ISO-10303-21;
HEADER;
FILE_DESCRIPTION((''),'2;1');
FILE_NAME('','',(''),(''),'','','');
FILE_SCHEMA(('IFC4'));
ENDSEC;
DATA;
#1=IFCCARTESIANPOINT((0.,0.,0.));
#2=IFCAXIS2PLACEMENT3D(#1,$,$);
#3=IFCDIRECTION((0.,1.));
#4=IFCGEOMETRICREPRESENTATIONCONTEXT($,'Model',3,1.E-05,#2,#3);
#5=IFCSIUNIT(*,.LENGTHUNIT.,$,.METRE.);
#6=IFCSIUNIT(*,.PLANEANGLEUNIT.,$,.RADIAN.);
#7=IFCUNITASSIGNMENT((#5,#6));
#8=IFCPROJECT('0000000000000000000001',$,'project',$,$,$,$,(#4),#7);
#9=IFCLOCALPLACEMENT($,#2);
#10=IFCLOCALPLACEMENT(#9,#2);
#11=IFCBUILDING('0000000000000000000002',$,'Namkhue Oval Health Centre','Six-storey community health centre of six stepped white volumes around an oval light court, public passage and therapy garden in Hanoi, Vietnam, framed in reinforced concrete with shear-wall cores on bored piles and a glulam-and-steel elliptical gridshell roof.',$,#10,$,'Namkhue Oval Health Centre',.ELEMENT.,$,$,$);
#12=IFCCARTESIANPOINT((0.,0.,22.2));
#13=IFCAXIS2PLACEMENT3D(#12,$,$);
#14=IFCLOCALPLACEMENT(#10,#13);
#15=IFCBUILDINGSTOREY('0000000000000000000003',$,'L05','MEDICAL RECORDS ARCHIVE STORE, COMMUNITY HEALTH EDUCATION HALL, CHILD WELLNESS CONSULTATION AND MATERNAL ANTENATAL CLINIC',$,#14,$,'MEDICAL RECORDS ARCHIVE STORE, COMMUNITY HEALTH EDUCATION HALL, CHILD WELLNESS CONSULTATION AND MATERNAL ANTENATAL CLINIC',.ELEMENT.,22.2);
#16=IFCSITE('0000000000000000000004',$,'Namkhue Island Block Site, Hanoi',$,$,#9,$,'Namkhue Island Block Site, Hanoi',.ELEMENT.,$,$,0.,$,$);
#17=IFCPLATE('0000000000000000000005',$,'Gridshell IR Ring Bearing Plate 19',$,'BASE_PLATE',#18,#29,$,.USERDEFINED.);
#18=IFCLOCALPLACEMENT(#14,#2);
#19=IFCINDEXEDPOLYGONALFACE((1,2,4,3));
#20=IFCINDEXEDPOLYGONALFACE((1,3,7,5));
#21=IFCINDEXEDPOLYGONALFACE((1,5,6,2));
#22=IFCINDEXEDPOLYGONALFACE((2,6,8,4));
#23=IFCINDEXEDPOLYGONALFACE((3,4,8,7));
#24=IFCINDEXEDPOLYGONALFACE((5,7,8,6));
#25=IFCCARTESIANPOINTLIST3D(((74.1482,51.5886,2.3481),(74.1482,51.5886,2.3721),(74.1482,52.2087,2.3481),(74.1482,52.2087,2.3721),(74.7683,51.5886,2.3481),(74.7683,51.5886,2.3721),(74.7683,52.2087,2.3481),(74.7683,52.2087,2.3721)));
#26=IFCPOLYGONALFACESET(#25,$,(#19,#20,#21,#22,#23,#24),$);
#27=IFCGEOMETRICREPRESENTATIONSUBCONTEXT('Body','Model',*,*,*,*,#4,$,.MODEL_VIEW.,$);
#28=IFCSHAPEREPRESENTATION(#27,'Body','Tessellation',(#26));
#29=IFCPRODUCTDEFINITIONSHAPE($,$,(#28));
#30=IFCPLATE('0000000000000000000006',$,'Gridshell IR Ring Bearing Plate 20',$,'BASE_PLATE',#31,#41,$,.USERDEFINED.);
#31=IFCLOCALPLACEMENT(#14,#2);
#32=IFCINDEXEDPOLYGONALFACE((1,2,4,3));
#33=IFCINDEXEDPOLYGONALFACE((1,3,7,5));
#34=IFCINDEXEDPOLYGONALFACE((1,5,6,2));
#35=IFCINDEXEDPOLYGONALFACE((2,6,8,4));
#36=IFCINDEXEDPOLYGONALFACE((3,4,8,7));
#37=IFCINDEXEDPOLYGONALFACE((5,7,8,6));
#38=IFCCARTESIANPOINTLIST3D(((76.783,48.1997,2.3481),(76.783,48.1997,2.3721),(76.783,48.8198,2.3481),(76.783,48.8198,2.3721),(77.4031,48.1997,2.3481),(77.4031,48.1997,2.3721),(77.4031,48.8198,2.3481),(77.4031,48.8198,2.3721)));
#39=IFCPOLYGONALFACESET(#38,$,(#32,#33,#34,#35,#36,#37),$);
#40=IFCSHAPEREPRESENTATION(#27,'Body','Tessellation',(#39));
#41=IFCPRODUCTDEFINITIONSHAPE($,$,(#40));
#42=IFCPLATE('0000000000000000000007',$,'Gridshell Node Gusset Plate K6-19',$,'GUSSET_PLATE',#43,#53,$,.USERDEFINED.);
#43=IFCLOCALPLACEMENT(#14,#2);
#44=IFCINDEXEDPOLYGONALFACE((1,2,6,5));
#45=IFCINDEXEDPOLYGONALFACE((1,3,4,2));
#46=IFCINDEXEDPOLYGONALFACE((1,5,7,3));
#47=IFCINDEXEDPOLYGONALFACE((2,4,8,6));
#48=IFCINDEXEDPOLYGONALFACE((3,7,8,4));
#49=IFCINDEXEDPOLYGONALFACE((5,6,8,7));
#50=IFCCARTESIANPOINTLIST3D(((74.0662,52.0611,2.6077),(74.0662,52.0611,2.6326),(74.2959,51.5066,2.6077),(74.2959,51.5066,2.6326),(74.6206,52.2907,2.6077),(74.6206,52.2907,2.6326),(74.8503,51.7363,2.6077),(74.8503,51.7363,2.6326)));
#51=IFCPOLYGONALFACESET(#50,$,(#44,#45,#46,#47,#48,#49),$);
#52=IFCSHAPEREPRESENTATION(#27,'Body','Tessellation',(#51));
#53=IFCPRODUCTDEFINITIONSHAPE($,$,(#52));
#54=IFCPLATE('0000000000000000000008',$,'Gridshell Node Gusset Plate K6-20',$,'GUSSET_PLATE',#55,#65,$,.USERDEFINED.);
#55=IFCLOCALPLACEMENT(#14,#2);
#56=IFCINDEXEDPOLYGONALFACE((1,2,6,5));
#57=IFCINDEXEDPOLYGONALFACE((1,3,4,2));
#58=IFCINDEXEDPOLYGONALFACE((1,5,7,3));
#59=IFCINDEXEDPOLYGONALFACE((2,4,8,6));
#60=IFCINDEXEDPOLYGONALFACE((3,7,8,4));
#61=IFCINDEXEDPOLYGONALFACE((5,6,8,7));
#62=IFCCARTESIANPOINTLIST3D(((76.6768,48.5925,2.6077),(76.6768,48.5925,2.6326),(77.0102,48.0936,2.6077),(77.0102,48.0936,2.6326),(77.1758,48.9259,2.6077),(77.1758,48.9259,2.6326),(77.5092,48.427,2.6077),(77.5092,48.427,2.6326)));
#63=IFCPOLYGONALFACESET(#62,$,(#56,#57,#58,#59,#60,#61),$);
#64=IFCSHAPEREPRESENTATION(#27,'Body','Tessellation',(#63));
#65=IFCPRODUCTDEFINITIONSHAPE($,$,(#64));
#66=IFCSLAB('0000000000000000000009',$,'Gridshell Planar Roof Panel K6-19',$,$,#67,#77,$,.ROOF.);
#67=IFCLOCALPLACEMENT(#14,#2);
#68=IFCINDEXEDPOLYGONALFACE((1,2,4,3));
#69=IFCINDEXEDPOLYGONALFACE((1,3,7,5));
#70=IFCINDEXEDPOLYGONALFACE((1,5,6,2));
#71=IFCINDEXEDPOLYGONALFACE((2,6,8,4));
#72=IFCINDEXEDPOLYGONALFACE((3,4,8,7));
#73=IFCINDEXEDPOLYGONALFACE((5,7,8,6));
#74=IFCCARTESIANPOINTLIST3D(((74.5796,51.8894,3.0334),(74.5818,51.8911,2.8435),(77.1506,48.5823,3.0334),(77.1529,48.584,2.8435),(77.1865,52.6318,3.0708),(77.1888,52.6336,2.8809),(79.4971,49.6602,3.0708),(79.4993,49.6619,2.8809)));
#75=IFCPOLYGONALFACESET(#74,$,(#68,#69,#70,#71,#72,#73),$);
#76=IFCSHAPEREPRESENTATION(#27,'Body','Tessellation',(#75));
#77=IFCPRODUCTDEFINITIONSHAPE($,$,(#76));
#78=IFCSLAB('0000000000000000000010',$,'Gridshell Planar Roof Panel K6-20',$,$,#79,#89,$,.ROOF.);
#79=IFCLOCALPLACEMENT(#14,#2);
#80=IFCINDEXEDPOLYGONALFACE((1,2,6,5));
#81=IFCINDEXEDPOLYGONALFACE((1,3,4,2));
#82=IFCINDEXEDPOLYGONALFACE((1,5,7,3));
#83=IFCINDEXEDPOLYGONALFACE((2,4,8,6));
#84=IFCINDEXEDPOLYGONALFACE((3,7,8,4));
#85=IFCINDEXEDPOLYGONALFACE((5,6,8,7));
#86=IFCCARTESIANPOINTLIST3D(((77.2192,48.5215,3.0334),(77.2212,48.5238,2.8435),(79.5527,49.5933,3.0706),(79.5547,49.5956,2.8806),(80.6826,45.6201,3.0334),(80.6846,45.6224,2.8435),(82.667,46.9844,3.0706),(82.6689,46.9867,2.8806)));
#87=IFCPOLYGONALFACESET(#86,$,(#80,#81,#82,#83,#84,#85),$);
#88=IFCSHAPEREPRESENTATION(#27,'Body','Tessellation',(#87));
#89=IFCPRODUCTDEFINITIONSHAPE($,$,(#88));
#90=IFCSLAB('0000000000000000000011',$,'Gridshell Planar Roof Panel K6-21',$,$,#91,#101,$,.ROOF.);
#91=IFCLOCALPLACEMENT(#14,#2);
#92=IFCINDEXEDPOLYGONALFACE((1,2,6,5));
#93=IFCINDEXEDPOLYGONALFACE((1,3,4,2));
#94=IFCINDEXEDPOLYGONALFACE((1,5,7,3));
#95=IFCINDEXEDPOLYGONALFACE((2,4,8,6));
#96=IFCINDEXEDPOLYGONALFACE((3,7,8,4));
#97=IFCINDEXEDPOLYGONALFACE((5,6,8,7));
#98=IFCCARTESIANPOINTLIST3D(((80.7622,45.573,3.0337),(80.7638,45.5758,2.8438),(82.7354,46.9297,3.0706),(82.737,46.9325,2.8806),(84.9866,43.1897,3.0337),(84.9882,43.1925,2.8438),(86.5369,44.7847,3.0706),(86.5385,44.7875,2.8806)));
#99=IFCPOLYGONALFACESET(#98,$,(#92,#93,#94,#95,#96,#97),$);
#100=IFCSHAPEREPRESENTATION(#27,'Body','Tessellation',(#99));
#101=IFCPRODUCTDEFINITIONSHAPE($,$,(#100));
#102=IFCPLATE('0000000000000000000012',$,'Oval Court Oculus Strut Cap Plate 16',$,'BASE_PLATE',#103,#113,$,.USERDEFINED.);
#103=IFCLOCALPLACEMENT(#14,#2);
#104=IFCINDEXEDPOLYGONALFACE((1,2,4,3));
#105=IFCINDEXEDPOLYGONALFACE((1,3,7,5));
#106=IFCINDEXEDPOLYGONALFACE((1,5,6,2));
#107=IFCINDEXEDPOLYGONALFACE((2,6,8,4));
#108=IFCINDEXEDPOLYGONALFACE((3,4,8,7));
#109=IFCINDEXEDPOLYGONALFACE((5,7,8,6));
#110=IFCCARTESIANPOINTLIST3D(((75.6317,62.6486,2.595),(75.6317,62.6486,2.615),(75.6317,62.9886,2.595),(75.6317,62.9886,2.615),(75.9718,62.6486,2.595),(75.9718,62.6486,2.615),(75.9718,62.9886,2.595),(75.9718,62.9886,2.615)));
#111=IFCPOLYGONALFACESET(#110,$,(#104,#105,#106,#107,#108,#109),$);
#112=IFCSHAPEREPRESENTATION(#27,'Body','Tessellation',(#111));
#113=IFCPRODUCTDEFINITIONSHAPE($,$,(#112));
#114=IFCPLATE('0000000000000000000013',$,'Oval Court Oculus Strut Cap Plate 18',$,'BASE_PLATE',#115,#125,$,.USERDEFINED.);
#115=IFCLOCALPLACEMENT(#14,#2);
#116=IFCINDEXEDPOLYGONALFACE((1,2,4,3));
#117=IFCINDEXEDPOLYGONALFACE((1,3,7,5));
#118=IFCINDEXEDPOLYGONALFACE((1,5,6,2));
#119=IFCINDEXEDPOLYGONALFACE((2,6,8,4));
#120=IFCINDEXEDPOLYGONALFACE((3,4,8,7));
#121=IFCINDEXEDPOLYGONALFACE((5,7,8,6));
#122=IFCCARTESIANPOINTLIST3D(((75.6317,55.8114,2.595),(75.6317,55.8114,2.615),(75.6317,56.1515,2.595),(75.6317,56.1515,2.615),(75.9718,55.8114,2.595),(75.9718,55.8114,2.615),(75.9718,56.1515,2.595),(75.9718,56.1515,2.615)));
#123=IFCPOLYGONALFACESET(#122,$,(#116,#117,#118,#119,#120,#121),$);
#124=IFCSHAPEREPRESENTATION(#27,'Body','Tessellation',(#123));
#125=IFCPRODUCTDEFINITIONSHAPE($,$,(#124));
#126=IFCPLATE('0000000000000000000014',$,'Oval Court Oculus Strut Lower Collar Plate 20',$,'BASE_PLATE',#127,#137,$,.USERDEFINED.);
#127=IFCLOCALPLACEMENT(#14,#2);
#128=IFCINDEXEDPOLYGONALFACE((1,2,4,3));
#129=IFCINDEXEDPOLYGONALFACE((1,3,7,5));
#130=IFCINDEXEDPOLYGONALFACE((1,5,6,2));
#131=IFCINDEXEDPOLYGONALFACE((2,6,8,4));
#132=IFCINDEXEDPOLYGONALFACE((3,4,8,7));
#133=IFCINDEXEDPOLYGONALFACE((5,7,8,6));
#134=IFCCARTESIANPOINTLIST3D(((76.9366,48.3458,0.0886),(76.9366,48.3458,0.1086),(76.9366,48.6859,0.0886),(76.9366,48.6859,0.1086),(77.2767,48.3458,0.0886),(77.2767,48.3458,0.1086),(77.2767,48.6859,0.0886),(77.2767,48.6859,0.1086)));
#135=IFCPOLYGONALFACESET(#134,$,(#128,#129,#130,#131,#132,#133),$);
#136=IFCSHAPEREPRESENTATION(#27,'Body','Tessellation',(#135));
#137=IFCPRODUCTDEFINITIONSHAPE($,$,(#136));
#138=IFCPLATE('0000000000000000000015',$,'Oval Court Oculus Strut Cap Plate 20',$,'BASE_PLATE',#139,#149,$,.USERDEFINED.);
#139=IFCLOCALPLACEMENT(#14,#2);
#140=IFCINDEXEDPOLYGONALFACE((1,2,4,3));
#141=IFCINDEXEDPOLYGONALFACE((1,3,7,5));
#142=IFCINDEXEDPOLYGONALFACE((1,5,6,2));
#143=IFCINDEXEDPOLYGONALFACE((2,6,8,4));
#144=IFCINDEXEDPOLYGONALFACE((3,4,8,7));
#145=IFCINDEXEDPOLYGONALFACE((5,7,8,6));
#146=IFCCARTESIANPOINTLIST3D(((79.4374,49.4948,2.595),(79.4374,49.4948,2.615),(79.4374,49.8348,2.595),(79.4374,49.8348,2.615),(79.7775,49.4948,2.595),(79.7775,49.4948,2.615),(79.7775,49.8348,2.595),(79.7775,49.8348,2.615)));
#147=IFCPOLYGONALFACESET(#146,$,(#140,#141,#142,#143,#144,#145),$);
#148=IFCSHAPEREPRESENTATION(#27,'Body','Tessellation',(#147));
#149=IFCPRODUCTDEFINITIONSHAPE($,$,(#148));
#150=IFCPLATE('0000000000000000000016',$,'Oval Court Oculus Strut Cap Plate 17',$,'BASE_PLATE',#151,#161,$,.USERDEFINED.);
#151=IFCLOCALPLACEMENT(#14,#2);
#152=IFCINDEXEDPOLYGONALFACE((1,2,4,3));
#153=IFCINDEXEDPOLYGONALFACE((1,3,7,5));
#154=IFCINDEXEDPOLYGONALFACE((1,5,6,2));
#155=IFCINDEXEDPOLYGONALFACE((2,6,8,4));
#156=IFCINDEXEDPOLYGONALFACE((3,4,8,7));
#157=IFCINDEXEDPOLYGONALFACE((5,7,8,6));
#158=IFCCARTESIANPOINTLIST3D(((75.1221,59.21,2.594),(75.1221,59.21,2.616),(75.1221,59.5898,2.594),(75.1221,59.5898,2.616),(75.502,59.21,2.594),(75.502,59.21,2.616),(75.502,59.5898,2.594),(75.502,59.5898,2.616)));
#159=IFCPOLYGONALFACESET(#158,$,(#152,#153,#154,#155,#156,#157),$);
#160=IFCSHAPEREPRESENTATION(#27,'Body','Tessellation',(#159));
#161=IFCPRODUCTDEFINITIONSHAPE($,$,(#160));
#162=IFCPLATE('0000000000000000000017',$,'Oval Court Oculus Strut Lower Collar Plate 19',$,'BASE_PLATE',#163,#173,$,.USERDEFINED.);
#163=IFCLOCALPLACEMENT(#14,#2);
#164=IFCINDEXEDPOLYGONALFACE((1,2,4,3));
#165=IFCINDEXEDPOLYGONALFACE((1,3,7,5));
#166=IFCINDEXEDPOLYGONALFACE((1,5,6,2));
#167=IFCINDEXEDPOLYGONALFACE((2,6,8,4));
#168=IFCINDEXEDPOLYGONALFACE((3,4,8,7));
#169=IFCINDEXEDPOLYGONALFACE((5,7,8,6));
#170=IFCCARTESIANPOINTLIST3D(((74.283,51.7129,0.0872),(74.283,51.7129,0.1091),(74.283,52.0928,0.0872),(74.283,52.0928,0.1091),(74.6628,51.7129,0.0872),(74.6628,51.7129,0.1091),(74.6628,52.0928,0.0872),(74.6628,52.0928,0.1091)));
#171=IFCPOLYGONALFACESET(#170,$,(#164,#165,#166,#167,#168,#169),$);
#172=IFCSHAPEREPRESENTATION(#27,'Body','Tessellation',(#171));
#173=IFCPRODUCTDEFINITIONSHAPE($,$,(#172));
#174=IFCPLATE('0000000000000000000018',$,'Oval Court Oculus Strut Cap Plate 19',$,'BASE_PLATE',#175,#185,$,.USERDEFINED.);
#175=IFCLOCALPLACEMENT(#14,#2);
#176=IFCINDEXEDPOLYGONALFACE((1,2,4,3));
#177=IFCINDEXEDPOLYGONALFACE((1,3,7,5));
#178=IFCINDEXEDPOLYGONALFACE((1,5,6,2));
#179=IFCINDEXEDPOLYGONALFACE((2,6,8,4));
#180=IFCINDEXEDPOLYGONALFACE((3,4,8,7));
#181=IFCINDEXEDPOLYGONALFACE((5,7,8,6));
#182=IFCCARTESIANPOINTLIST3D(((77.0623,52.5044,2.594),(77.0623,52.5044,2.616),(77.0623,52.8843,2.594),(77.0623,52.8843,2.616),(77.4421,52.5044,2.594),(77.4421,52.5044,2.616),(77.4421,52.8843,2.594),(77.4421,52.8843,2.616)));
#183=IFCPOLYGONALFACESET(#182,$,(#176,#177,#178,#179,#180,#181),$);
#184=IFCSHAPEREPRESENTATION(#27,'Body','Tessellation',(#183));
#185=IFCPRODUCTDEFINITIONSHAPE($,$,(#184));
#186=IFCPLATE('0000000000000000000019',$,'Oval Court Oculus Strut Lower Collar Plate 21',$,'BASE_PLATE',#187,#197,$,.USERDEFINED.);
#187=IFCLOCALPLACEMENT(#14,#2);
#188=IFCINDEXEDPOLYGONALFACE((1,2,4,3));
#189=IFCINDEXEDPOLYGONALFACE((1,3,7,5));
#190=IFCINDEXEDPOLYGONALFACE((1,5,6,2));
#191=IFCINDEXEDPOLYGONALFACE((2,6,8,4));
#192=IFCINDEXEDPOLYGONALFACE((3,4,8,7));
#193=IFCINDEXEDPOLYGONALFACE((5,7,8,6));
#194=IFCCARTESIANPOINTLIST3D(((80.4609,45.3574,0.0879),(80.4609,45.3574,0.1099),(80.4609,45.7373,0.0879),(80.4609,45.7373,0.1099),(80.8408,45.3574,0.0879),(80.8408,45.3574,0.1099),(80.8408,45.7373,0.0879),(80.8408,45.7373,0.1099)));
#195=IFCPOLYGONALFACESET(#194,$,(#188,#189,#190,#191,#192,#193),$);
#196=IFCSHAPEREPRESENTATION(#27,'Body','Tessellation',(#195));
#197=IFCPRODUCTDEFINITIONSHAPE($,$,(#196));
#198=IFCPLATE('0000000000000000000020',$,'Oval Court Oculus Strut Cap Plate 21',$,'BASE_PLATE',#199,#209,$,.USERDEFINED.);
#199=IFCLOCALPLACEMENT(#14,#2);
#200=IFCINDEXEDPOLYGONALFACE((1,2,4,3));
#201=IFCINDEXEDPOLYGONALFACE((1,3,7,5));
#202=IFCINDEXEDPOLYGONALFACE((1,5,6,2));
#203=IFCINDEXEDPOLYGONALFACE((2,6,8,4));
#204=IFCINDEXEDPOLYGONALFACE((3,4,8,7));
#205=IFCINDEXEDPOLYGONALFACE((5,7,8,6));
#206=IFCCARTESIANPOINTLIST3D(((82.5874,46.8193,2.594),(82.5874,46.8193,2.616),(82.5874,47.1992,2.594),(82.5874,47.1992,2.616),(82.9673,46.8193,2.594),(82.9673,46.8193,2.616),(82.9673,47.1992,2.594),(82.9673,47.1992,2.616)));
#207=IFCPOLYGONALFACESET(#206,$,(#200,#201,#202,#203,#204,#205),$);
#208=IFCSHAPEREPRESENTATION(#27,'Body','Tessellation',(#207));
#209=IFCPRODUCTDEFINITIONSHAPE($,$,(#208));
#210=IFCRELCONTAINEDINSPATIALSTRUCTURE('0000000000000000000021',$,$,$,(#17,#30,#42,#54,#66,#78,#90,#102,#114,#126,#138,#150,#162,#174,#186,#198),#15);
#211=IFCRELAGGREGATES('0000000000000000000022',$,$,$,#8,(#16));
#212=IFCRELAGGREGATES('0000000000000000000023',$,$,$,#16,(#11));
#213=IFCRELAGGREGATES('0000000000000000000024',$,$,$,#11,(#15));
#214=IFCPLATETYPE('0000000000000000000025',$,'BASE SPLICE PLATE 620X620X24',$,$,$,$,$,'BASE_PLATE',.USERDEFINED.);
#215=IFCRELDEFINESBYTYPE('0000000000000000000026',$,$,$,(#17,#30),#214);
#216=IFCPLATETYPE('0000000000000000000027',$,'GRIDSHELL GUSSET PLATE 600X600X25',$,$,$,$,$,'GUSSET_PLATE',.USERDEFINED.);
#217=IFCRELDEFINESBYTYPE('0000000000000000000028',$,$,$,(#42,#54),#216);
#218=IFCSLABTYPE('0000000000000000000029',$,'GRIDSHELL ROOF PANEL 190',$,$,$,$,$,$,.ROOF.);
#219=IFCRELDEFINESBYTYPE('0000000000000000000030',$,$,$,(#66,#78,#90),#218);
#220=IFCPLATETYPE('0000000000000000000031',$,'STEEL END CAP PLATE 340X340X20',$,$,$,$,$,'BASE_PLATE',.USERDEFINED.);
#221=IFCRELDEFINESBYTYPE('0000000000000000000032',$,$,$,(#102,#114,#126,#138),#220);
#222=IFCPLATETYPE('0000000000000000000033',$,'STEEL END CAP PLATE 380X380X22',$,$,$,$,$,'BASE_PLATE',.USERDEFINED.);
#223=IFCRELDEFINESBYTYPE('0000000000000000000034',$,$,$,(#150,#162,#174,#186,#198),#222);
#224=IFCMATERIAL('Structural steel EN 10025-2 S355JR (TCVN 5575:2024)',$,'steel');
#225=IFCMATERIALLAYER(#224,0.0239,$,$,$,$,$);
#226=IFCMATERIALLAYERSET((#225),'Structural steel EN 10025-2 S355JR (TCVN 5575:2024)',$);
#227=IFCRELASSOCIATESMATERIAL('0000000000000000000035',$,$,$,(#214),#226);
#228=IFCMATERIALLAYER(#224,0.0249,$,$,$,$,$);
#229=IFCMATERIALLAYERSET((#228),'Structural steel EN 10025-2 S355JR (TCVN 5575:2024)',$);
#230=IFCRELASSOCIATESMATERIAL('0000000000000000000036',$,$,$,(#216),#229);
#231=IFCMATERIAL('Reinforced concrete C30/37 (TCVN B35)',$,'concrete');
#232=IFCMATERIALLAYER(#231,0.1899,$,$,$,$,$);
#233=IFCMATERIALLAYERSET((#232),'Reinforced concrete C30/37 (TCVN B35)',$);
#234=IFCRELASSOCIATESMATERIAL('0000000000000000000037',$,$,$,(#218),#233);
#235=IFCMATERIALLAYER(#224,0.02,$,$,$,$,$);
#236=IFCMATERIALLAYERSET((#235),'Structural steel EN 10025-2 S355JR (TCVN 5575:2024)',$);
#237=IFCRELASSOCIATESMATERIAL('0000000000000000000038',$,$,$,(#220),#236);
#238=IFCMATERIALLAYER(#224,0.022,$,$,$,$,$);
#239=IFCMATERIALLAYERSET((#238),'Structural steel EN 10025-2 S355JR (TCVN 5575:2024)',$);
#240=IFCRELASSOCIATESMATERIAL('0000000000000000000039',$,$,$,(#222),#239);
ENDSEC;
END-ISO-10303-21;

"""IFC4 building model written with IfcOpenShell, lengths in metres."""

from ifc_helpers import new_model, si_unit, direction, frame, origin, origin_2d, place, context, subcontext, project, spatial, polyline, rectangle, outline, extrude, material, layer, layer_set, type_object, element, save


model = new_model("IFC4")

# Units and contexts
model_context = context("Model", 3, precision=1e-05, world=origin(), true_north=direction((0.0, 1.0)))
body_context = subcontext(model_context, "Body", "Model", "MODEL_VIEW")
ifc_project = project(units=[si_unit("LENGTHUNIT", "METRE"), si_unit("PLANEANGLEUNIT", "RADIAN")], contexts=[model_context])

# Site, building, storey
site_placement = place(None, origin())
site = spatial("IfcSite", under=ifc_project, at=site_placement, Name="Namkhue Island Block Site, Hanoi", LongName="Namkhue Island Block Site, Hanoi", CompositionType="ELEMENT", RefElevation=0.0)
building_placement = place(site_placement, origin())
building = spatial("IfcBuilding", under=site, at=building_placement, Name="Namkhue Oval Health Centre", Description="Six-storey community health centre of six stepped white volumes around an oval light court, public passage and therapy garden in Hanoi, Vietnam, framed in reinforced concrete with shear-wall cores on bored piles and a glulam-and-steel elliptical gridshell roof.", LongName="Namkhue Oval Health Centre", CompositionType="ELEMENT")
storey_placement = place(building_placement, frame((0.0, 0.0, 22.2)))
storey = spatial("IfcBuildingStorey", under=building, at=storey_placement, Name="L05", Description="MEDICAL RECORDS ARCHIVE STORE, COMMUNITY HEALTH EDUCATION HALL, CHILD WELLNESS CONSULTATION AND MATERNAL ANTENATAL CLINIC", LongName="MEDICAL RECORDS ARCHIVE STORE, COMMUNITY HEALTH EDUCATION HALL, CHILD WELLNESS CONSULTATION AND MATERNAL ANTENATAL CLINIC", CompositionType="ELEMENT", Elevation=22.2)

# Shared definitions
ifc_material_1 = material(Name="Structural steel EN 10025-2 S355JR (TCVN 5575:2024)", Category="steel")

# Plates
ifc_layer_1 = layer(ifc_material_1, 0.0239)
ifc_layer_set_1 = layer_set([ifc_layer_1], Name="Structural steel EN 10025-2 S355JR (TCVN 5575:2024)")
plate_type_1 = type_object("IfcPlateType", Name="BASE SPLICE PLATE 620X620X24", ElementType="BASE_PLATE", PredefinedType="USERDEFINED", material=ifc_layer_set_1)
for number, where, z_axis, x_axis, name in (
    (1, (74.4583, 51.8987, 2.3481), (0.0, 0.0, 1.0), (1.0, 0.0, 0.0), "Gridshell IR Ring Bearing Plate 19"),
    (2, (77.093, 48.5098, 2.3481), (0.0, 0.0, 1.0), (1.0, 0.0, 0.0), "Gridshell IR Ring Bearing Plate 20"),
):
    element("IfcPlate", number, at=place(storey_placement, frame(where, z_axis=z_axis, x_axis=x_axis)), inside=storey, type_object=plate_type_1, Name=name, ObjectType="BASE_PLATE", PredefinedType="USERDEFINED", context=body_context, shape_type="SweptSolid", body=[
        extrude(rectangle(XDim=0.6201, YDim=0.6201, at=origin_2d()), origin(), (0.0, 0.0, 1.0), 0.0239),
    ])
ifc_layer_2 = layer(ifc_material_1, 0.0249)
ifc_layer_set_2 = layer_set([ifc_layer_2], Name="Structural steel EN 10025-2 S355JR (TCVN 5575:2024)")
plate_type_2 = type_object("IfcPlateType", Name="GRIDSHELL GUSSET PLATE 600X600X25", ElementType="GUSSET_PLATE", PredefinedType="USERDEFINED", material=ifc_layer_set_2)
for number, where, z_axis, x_axis, name in (
    (3, (74.4583, 51.8987, 2.6077), (0.0, 0.0, 1.0), (-0.92388, -0.382683, 0.0), "Gridshell Node Gusset Plate K6-19"),
    (4, (77.093, 48.5098, 2.6077), (0.0, 0.0, 1.0), (-0.83147, -0.55557, 0.0), "Gridshell Node Gusset Plate K6-20"),
):
    element("IfcPlate", number, at=place(storey_placement, frame(where, z_axis=z_axis, x_axis=x_axis)), inside=storey, type_object=plate_type_2, Name=name, ObjectType="GUSSET_PLATE", PredefinedType="USERDEFINED", context=body_context, shape_type="SweptSolid", body=[
        extrude(rectangle(XDim=0.6001, YDim=0.6001, at=origin_2d()), origin(), (0.0, 0.0, 1.0), 0.0249),
    ])

# Slabs
ifc_material_2 = material(Name="Reinforced concrete C30/37 (TCVN B35)", Category="concrete")
ifc_layer_3 = layer(ifc_material_2, 0.1899)
ifc_layer_set_3 = layer_set([ifc_layer_3], Name="Reinforced concrete C30/37 (TCVN B35)")
slab_type = type_object("IfcSlabType", Name="GRIDSHELL ROOF PANEL 190", PredefinedType="ROOF", material=ifc_layer_set_3)
slab_1_placement = place(storey_placement, frame((74.5796, 51.8894, 3.0334), z_axis=(-0.011729, -0.009119, 0.99989), x_axis=(0.613767, -0.789487, 0.0)))
element("IfcSlab", 5, at=slab_1_placement, inside=storey, type_object=slab_type, Name="Gridshell Planar Roof Panel K6-19", PredefinedType="ROOF", context=body_context, shape_type="SweptSolid", body=[
    extrude(outline(polyline([(0.0, 0.0), (4.189, 0.0), (4.7782, 2.5143), (1.0139, 2.5141), (0.0, 0.0)])), origin(), (0.0, 0.0, -1.0), 0.1899),
])
slab_2_placement = place(storey_placement, frame((77.2192, 48.5215, 3.0334), z_axis=(-0.01027, -0.012259, 0.999872), x_axis=(0.766562, -0.64217, 0.0)))
element("IfcSlab", 6, at=slab_2_placement, inside=storey, type_object=slab_type, Name="Gridshell Planar Roof Panel K6-20", PredefinedType="ROOF", context=body_context, shape_type="SweptSolid", body=[
    extrude(outline(polyline([(0.0, 0.0), (4.5181, 0.0), (5.1631, 2.3204), (1.1005, 2.3204), (0.0, 0.0)])), origin(), (0.0, 0.0, -1.0), 0.1899),
])
slab_3_placement = place(storey_placement, frame((80.7622, 45.573, 3.0337), z_axis=(-0.00842, -0.014924, 0.999853), x_axis=(0.87095, -0.491372, 0.0)))
element("IfcSlab", 7, at=slab_3_placement, inside=storey, type_object=slab_type, Name="Gridshell Planar Roof Panel K6-21", PredefinedType="ROOF", context=body_context, shape_type="SweptSolid", body=[
    extrude(outline(polyline([(0.0, 0.0), (4.8503, 0.0), (5.4168, 2.1512), (1.0519, 2.1515), (0.0, 0.0)])), origin(), (0.0, 0.0, -1.0), 0.1899),
])

# Plates
ifc_layer_4 = layer(ifc_material_1, 0.02)
ifc_layer_set_4 = layer_set([ifc_layer_4], Name="Structural steel EN 10025-2 S355JR (TCVN 5575:2024)")
plate_type_3 = type_object("IfcPlateType", Name="STEEL END CAP PLATE 340X340X20", ElementType="BASE_PLATE", PredefinedType="USERDEFINED", material=ifc_layer_set_4)
for number, where, z_axis, x_axis, name in (
    (8, (75.8018, 62.8186, 2.595), (0.0, 0.0, 1.0), (1.0, 0.0, 0.0), "Oval Court Oculus Strut Cap Plate 16"),
    (9, (75.8018, 55.9814, 2.595), (0.0, 0.0, 1.0), (1.0, 0.0, 0.0), "Oval Court Oculus Strut Cap Plate 18"),
    (10, (77.1067, 48.5159, 0.0886), (0.0, 0.0, 1.0), (1.0, 0.0, 0.0), "Oval Court Oculus Strut Lower Collar Plate 20"),
    (11, (79.6074, 49.6648, 2.595), (0.0, 0.0, 1.0), (1.0, 0.0, 0.0), "Oval Court Oculus Strut Cap Plate 20"),
):
    element("IfcPlate", number, at=place(storey_placement, frame(where, z_axis=z_axis, x_axis=x_axis)), inside=storey, type_object=plate_type_3, Name=name, ObjectType="BASE_PLATE", PredefinedType="USERDEFINED", context=body_context, shape_type="SweptSolid", body=[
        extrude(rectangle(XDim=0.3401, YDim=0.3401, at=origin_2d()), origin(), (0.0, 0.0, 1.0), 0.02),
    ])
ifc_layer_5 = layer(ifc_material_1, 0.022)
ifc_layer_set_5 = layer_set([ifc_layer_5], Name="Structural steel EN 10025-2 S355JR (TCVN 5575:2024)")
plate_type_4 = type_object("IfcPlateType", Name="STEEL END CAP PLATE 380X380X22", ElementType="BASE_PLATE", PredefinedType="USERDEFINED", material=ifc_layer_set_5)
for number, where, z_axis, x_axis, name in (
    (12, (75.312, 59.3999, 2.594), (0.0, 0.0, 1.0), (1.0, 0.0, 0.0), "Oval Court Oculus Strut Cap Plate 17"),
    (13, (74.4729, 51.9028, 0.0872), (0.0, 0.0, 1.0), (1.0, 0.0, 0.0), "Oval Court Oculus Strut Lower Collar Plate 19"),
    (14, (77.2522, 52.6943, 2.594), (0.0, 0.0, 1.0), (1.0, 0.0, 0.0), "Oval Court Oculus Strut Cap Plate 19"),
    (15, (80.6509, 45.5474, 0.0879), (0.0, 0.0, 1.0), (1.0, 0.0, 0.0), "Oval Court Oculus Strut Lower Collar Plate 21"),
    (16, (82.7773, 47.0093, 2.594), (0.0, 0.0, 1.0), (1.0, 0.0, 0.0), "Oval Court Oculus Strut Cap Plate 21"),
):
    element("IfcPlate", number, at=place(storey_placement, frame(where, z_axis=z_axis, x_axis=x_axis)), inside=storey, type_object=plate_type_4, Name=name, ObjectType="BASE_PLATE", PredefinedType="USERDEFINED", context=body_context, shape_type="SweptSolid", body=[
        extrude(rectangle(XDim=0.3799, YDim=0.3799, at=origin_2d()), origin(), (0.0, 0.0, 1.0), 0.022),
    ])

save(model, "model.ifc")
